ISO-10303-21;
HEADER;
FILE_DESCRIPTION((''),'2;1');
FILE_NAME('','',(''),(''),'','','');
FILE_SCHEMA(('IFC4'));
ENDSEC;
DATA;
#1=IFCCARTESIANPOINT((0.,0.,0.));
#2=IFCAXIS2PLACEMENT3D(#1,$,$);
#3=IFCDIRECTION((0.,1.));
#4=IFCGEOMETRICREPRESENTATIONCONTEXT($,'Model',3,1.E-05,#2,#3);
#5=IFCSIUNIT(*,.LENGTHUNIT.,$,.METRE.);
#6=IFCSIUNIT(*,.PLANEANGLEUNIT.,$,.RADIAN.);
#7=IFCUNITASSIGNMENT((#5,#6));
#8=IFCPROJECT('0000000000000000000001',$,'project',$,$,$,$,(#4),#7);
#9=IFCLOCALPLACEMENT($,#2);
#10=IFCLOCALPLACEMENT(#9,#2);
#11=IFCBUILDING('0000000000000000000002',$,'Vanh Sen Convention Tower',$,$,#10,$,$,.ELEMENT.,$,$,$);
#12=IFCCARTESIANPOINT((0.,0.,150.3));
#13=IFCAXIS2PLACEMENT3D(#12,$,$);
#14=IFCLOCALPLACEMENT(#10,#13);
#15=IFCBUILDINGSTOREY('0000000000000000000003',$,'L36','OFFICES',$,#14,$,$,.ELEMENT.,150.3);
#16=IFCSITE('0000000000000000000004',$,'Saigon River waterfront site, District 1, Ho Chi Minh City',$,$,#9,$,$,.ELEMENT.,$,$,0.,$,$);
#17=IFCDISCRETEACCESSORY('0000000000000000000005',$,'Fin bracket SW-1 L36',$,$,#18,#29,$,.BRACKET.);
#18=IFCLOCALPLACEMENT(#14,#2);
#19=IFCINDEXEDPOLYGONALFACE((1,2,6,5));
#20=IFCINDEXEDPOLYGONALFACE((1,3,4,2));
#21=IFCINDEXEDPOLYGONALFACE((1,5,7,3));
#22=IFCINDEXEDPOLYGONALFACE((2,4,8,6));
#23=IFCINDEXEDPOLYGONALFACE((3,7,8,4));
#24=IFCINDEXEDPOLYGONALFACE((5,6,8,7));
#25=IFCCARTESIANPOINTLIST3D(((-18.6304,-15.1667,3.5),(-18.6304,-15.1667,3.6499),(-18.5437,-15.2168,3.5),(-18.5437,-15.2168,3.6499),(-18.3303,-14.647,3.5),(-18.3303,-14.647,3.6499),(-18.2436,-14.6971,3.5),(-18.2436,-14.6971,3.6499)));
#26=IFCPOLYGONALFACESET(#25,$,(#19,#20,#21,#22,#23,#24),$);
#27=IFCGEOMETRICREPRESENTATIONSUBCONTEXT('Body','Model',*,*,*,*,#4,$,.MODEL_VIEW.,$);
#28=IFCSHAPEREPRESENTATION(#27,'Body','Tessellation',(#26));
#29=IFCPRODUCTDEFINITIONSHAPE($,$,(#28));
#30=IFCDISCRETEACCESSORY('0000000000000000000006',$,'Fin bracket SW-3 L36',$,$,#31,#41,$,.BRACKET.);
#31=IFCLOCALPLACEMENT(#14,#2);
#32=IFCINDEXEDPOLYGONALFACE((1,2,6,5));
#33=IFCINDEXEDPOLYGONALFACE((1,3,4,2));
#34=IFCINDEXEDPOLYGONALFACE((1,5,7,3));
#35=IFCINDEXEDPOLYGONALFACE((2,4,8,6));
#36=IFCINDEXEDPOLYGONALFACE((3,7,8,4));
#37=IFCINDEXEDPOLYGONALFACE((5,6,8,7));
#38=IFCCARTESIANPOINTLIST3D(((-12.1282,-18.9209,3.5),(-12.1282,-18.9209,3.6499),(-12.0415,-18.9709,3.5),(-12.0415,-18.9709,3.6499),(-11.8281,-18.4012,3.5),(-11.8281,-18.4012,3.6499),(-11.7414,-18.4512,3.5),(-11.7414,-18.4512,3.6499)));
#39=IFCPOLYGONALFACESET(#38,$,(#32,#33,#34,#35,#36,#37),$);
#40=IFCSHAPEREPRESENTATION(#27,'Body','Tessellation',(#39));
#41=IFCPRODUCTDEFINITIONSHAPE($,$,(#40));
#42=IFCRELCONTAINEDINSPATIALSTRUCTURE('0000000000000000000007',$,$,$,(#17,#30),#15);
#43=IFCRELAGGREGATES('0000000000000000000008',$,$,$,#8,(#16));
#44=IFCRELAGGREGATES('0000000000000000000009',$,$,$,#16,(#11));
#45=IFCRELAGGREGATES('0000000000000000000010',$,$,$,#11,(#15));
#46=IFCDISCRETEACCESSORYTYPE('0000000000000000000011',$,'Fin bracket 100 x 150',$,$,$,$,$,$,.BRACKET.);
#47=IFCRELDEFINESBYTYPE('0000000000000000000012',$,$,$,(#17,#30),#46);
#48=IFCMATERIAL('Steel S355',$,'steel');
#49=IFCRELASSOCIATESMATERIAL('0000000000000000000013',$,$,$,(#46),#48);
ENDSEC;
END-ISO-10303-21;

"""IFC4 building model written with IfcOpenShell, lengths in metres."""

from ifc_helpers import new_model, si_unit, direction, frame, origin, origin_2d, place, context, subcontext, project, spatial, rectangle, extrude, material, type_object, element, save


model = new_model("IFC4")

# Units and contexts
model_context = context("Model", 3, precision=1e-05, world=origin(), true_north=direction((0.0, 1.0)))
body_context = subcontext(model_context, "Body", "Model", "MODEL_VIEW")
ifc_project = project(units=[si_unit("LENGTHUNIT", "METRE"), si_unit("PLANEANGLEUNIT", "RADIAN")], contexts=[model_context])

# Site, building, storey
site_placement = place(None, origin())
site = spatial("IfcSite", under=ifc_project, at=site_placement, Name="Saigon River waterfront site, District 1, Ho Chi Minh City", CompositionType="ELEMENT", RefElevation=0.0)
building_placement = place(site_placement, origin())
building = spatial("IfcBuilding", under=site, at=building_placement, Name="Vanh Sen Convention Tower", CompositionType="ELEMENT")
storey_placement = place(building_placement, frame((0.0, 0.0, 150.3)))
storey = spatial("IfcBuildingStorey", under=building, at=storey_placement, Name="L36", Description="OFFICES", CompositionType="ELEMENT", Elevation=150.3)

# Discrete accessories
ifc_material_1 = material(Name="Steel S355", Category="steel")
discrete_accessory_type = type_object("IfcDiscreteAccessoryType", Name="Fin bracket 100 x 150", PredefinedType="BRACKET", material=ifc_material_1)
for number, where, z_axis, x_axis, name in (
    (1, (-18.437, -14.9319, 3.5), (0.0, 0.0, 1.0), (-0.5, -0.866025, 0.0), "Fin bracket SW-1 L36"),
    (2, (-11.9348, -18.686, 3.5), (0.0, 0.0, 1.0), (-0.5, -0.866025, 0.0), "Fin bracket SW-3 L36"),
):
    element("IfcDiscreteAccessory", number, at=place(storey_placement, frame(where, z_axis=z_axis, x_axis=x_axis)), inside=storey, type_object=discrete_accessory_type, Name=name, PredefinedType="BRACKET", context=body_context, shape_type="SweptSolid", body=[
        extrude(rectangle(XDim=0.6001, YDim=0.1001, at=origin_2d()), origin(), (0.0, 0.0, 1.0), 0.1499),
    ])

save(model, "model.ifc")
